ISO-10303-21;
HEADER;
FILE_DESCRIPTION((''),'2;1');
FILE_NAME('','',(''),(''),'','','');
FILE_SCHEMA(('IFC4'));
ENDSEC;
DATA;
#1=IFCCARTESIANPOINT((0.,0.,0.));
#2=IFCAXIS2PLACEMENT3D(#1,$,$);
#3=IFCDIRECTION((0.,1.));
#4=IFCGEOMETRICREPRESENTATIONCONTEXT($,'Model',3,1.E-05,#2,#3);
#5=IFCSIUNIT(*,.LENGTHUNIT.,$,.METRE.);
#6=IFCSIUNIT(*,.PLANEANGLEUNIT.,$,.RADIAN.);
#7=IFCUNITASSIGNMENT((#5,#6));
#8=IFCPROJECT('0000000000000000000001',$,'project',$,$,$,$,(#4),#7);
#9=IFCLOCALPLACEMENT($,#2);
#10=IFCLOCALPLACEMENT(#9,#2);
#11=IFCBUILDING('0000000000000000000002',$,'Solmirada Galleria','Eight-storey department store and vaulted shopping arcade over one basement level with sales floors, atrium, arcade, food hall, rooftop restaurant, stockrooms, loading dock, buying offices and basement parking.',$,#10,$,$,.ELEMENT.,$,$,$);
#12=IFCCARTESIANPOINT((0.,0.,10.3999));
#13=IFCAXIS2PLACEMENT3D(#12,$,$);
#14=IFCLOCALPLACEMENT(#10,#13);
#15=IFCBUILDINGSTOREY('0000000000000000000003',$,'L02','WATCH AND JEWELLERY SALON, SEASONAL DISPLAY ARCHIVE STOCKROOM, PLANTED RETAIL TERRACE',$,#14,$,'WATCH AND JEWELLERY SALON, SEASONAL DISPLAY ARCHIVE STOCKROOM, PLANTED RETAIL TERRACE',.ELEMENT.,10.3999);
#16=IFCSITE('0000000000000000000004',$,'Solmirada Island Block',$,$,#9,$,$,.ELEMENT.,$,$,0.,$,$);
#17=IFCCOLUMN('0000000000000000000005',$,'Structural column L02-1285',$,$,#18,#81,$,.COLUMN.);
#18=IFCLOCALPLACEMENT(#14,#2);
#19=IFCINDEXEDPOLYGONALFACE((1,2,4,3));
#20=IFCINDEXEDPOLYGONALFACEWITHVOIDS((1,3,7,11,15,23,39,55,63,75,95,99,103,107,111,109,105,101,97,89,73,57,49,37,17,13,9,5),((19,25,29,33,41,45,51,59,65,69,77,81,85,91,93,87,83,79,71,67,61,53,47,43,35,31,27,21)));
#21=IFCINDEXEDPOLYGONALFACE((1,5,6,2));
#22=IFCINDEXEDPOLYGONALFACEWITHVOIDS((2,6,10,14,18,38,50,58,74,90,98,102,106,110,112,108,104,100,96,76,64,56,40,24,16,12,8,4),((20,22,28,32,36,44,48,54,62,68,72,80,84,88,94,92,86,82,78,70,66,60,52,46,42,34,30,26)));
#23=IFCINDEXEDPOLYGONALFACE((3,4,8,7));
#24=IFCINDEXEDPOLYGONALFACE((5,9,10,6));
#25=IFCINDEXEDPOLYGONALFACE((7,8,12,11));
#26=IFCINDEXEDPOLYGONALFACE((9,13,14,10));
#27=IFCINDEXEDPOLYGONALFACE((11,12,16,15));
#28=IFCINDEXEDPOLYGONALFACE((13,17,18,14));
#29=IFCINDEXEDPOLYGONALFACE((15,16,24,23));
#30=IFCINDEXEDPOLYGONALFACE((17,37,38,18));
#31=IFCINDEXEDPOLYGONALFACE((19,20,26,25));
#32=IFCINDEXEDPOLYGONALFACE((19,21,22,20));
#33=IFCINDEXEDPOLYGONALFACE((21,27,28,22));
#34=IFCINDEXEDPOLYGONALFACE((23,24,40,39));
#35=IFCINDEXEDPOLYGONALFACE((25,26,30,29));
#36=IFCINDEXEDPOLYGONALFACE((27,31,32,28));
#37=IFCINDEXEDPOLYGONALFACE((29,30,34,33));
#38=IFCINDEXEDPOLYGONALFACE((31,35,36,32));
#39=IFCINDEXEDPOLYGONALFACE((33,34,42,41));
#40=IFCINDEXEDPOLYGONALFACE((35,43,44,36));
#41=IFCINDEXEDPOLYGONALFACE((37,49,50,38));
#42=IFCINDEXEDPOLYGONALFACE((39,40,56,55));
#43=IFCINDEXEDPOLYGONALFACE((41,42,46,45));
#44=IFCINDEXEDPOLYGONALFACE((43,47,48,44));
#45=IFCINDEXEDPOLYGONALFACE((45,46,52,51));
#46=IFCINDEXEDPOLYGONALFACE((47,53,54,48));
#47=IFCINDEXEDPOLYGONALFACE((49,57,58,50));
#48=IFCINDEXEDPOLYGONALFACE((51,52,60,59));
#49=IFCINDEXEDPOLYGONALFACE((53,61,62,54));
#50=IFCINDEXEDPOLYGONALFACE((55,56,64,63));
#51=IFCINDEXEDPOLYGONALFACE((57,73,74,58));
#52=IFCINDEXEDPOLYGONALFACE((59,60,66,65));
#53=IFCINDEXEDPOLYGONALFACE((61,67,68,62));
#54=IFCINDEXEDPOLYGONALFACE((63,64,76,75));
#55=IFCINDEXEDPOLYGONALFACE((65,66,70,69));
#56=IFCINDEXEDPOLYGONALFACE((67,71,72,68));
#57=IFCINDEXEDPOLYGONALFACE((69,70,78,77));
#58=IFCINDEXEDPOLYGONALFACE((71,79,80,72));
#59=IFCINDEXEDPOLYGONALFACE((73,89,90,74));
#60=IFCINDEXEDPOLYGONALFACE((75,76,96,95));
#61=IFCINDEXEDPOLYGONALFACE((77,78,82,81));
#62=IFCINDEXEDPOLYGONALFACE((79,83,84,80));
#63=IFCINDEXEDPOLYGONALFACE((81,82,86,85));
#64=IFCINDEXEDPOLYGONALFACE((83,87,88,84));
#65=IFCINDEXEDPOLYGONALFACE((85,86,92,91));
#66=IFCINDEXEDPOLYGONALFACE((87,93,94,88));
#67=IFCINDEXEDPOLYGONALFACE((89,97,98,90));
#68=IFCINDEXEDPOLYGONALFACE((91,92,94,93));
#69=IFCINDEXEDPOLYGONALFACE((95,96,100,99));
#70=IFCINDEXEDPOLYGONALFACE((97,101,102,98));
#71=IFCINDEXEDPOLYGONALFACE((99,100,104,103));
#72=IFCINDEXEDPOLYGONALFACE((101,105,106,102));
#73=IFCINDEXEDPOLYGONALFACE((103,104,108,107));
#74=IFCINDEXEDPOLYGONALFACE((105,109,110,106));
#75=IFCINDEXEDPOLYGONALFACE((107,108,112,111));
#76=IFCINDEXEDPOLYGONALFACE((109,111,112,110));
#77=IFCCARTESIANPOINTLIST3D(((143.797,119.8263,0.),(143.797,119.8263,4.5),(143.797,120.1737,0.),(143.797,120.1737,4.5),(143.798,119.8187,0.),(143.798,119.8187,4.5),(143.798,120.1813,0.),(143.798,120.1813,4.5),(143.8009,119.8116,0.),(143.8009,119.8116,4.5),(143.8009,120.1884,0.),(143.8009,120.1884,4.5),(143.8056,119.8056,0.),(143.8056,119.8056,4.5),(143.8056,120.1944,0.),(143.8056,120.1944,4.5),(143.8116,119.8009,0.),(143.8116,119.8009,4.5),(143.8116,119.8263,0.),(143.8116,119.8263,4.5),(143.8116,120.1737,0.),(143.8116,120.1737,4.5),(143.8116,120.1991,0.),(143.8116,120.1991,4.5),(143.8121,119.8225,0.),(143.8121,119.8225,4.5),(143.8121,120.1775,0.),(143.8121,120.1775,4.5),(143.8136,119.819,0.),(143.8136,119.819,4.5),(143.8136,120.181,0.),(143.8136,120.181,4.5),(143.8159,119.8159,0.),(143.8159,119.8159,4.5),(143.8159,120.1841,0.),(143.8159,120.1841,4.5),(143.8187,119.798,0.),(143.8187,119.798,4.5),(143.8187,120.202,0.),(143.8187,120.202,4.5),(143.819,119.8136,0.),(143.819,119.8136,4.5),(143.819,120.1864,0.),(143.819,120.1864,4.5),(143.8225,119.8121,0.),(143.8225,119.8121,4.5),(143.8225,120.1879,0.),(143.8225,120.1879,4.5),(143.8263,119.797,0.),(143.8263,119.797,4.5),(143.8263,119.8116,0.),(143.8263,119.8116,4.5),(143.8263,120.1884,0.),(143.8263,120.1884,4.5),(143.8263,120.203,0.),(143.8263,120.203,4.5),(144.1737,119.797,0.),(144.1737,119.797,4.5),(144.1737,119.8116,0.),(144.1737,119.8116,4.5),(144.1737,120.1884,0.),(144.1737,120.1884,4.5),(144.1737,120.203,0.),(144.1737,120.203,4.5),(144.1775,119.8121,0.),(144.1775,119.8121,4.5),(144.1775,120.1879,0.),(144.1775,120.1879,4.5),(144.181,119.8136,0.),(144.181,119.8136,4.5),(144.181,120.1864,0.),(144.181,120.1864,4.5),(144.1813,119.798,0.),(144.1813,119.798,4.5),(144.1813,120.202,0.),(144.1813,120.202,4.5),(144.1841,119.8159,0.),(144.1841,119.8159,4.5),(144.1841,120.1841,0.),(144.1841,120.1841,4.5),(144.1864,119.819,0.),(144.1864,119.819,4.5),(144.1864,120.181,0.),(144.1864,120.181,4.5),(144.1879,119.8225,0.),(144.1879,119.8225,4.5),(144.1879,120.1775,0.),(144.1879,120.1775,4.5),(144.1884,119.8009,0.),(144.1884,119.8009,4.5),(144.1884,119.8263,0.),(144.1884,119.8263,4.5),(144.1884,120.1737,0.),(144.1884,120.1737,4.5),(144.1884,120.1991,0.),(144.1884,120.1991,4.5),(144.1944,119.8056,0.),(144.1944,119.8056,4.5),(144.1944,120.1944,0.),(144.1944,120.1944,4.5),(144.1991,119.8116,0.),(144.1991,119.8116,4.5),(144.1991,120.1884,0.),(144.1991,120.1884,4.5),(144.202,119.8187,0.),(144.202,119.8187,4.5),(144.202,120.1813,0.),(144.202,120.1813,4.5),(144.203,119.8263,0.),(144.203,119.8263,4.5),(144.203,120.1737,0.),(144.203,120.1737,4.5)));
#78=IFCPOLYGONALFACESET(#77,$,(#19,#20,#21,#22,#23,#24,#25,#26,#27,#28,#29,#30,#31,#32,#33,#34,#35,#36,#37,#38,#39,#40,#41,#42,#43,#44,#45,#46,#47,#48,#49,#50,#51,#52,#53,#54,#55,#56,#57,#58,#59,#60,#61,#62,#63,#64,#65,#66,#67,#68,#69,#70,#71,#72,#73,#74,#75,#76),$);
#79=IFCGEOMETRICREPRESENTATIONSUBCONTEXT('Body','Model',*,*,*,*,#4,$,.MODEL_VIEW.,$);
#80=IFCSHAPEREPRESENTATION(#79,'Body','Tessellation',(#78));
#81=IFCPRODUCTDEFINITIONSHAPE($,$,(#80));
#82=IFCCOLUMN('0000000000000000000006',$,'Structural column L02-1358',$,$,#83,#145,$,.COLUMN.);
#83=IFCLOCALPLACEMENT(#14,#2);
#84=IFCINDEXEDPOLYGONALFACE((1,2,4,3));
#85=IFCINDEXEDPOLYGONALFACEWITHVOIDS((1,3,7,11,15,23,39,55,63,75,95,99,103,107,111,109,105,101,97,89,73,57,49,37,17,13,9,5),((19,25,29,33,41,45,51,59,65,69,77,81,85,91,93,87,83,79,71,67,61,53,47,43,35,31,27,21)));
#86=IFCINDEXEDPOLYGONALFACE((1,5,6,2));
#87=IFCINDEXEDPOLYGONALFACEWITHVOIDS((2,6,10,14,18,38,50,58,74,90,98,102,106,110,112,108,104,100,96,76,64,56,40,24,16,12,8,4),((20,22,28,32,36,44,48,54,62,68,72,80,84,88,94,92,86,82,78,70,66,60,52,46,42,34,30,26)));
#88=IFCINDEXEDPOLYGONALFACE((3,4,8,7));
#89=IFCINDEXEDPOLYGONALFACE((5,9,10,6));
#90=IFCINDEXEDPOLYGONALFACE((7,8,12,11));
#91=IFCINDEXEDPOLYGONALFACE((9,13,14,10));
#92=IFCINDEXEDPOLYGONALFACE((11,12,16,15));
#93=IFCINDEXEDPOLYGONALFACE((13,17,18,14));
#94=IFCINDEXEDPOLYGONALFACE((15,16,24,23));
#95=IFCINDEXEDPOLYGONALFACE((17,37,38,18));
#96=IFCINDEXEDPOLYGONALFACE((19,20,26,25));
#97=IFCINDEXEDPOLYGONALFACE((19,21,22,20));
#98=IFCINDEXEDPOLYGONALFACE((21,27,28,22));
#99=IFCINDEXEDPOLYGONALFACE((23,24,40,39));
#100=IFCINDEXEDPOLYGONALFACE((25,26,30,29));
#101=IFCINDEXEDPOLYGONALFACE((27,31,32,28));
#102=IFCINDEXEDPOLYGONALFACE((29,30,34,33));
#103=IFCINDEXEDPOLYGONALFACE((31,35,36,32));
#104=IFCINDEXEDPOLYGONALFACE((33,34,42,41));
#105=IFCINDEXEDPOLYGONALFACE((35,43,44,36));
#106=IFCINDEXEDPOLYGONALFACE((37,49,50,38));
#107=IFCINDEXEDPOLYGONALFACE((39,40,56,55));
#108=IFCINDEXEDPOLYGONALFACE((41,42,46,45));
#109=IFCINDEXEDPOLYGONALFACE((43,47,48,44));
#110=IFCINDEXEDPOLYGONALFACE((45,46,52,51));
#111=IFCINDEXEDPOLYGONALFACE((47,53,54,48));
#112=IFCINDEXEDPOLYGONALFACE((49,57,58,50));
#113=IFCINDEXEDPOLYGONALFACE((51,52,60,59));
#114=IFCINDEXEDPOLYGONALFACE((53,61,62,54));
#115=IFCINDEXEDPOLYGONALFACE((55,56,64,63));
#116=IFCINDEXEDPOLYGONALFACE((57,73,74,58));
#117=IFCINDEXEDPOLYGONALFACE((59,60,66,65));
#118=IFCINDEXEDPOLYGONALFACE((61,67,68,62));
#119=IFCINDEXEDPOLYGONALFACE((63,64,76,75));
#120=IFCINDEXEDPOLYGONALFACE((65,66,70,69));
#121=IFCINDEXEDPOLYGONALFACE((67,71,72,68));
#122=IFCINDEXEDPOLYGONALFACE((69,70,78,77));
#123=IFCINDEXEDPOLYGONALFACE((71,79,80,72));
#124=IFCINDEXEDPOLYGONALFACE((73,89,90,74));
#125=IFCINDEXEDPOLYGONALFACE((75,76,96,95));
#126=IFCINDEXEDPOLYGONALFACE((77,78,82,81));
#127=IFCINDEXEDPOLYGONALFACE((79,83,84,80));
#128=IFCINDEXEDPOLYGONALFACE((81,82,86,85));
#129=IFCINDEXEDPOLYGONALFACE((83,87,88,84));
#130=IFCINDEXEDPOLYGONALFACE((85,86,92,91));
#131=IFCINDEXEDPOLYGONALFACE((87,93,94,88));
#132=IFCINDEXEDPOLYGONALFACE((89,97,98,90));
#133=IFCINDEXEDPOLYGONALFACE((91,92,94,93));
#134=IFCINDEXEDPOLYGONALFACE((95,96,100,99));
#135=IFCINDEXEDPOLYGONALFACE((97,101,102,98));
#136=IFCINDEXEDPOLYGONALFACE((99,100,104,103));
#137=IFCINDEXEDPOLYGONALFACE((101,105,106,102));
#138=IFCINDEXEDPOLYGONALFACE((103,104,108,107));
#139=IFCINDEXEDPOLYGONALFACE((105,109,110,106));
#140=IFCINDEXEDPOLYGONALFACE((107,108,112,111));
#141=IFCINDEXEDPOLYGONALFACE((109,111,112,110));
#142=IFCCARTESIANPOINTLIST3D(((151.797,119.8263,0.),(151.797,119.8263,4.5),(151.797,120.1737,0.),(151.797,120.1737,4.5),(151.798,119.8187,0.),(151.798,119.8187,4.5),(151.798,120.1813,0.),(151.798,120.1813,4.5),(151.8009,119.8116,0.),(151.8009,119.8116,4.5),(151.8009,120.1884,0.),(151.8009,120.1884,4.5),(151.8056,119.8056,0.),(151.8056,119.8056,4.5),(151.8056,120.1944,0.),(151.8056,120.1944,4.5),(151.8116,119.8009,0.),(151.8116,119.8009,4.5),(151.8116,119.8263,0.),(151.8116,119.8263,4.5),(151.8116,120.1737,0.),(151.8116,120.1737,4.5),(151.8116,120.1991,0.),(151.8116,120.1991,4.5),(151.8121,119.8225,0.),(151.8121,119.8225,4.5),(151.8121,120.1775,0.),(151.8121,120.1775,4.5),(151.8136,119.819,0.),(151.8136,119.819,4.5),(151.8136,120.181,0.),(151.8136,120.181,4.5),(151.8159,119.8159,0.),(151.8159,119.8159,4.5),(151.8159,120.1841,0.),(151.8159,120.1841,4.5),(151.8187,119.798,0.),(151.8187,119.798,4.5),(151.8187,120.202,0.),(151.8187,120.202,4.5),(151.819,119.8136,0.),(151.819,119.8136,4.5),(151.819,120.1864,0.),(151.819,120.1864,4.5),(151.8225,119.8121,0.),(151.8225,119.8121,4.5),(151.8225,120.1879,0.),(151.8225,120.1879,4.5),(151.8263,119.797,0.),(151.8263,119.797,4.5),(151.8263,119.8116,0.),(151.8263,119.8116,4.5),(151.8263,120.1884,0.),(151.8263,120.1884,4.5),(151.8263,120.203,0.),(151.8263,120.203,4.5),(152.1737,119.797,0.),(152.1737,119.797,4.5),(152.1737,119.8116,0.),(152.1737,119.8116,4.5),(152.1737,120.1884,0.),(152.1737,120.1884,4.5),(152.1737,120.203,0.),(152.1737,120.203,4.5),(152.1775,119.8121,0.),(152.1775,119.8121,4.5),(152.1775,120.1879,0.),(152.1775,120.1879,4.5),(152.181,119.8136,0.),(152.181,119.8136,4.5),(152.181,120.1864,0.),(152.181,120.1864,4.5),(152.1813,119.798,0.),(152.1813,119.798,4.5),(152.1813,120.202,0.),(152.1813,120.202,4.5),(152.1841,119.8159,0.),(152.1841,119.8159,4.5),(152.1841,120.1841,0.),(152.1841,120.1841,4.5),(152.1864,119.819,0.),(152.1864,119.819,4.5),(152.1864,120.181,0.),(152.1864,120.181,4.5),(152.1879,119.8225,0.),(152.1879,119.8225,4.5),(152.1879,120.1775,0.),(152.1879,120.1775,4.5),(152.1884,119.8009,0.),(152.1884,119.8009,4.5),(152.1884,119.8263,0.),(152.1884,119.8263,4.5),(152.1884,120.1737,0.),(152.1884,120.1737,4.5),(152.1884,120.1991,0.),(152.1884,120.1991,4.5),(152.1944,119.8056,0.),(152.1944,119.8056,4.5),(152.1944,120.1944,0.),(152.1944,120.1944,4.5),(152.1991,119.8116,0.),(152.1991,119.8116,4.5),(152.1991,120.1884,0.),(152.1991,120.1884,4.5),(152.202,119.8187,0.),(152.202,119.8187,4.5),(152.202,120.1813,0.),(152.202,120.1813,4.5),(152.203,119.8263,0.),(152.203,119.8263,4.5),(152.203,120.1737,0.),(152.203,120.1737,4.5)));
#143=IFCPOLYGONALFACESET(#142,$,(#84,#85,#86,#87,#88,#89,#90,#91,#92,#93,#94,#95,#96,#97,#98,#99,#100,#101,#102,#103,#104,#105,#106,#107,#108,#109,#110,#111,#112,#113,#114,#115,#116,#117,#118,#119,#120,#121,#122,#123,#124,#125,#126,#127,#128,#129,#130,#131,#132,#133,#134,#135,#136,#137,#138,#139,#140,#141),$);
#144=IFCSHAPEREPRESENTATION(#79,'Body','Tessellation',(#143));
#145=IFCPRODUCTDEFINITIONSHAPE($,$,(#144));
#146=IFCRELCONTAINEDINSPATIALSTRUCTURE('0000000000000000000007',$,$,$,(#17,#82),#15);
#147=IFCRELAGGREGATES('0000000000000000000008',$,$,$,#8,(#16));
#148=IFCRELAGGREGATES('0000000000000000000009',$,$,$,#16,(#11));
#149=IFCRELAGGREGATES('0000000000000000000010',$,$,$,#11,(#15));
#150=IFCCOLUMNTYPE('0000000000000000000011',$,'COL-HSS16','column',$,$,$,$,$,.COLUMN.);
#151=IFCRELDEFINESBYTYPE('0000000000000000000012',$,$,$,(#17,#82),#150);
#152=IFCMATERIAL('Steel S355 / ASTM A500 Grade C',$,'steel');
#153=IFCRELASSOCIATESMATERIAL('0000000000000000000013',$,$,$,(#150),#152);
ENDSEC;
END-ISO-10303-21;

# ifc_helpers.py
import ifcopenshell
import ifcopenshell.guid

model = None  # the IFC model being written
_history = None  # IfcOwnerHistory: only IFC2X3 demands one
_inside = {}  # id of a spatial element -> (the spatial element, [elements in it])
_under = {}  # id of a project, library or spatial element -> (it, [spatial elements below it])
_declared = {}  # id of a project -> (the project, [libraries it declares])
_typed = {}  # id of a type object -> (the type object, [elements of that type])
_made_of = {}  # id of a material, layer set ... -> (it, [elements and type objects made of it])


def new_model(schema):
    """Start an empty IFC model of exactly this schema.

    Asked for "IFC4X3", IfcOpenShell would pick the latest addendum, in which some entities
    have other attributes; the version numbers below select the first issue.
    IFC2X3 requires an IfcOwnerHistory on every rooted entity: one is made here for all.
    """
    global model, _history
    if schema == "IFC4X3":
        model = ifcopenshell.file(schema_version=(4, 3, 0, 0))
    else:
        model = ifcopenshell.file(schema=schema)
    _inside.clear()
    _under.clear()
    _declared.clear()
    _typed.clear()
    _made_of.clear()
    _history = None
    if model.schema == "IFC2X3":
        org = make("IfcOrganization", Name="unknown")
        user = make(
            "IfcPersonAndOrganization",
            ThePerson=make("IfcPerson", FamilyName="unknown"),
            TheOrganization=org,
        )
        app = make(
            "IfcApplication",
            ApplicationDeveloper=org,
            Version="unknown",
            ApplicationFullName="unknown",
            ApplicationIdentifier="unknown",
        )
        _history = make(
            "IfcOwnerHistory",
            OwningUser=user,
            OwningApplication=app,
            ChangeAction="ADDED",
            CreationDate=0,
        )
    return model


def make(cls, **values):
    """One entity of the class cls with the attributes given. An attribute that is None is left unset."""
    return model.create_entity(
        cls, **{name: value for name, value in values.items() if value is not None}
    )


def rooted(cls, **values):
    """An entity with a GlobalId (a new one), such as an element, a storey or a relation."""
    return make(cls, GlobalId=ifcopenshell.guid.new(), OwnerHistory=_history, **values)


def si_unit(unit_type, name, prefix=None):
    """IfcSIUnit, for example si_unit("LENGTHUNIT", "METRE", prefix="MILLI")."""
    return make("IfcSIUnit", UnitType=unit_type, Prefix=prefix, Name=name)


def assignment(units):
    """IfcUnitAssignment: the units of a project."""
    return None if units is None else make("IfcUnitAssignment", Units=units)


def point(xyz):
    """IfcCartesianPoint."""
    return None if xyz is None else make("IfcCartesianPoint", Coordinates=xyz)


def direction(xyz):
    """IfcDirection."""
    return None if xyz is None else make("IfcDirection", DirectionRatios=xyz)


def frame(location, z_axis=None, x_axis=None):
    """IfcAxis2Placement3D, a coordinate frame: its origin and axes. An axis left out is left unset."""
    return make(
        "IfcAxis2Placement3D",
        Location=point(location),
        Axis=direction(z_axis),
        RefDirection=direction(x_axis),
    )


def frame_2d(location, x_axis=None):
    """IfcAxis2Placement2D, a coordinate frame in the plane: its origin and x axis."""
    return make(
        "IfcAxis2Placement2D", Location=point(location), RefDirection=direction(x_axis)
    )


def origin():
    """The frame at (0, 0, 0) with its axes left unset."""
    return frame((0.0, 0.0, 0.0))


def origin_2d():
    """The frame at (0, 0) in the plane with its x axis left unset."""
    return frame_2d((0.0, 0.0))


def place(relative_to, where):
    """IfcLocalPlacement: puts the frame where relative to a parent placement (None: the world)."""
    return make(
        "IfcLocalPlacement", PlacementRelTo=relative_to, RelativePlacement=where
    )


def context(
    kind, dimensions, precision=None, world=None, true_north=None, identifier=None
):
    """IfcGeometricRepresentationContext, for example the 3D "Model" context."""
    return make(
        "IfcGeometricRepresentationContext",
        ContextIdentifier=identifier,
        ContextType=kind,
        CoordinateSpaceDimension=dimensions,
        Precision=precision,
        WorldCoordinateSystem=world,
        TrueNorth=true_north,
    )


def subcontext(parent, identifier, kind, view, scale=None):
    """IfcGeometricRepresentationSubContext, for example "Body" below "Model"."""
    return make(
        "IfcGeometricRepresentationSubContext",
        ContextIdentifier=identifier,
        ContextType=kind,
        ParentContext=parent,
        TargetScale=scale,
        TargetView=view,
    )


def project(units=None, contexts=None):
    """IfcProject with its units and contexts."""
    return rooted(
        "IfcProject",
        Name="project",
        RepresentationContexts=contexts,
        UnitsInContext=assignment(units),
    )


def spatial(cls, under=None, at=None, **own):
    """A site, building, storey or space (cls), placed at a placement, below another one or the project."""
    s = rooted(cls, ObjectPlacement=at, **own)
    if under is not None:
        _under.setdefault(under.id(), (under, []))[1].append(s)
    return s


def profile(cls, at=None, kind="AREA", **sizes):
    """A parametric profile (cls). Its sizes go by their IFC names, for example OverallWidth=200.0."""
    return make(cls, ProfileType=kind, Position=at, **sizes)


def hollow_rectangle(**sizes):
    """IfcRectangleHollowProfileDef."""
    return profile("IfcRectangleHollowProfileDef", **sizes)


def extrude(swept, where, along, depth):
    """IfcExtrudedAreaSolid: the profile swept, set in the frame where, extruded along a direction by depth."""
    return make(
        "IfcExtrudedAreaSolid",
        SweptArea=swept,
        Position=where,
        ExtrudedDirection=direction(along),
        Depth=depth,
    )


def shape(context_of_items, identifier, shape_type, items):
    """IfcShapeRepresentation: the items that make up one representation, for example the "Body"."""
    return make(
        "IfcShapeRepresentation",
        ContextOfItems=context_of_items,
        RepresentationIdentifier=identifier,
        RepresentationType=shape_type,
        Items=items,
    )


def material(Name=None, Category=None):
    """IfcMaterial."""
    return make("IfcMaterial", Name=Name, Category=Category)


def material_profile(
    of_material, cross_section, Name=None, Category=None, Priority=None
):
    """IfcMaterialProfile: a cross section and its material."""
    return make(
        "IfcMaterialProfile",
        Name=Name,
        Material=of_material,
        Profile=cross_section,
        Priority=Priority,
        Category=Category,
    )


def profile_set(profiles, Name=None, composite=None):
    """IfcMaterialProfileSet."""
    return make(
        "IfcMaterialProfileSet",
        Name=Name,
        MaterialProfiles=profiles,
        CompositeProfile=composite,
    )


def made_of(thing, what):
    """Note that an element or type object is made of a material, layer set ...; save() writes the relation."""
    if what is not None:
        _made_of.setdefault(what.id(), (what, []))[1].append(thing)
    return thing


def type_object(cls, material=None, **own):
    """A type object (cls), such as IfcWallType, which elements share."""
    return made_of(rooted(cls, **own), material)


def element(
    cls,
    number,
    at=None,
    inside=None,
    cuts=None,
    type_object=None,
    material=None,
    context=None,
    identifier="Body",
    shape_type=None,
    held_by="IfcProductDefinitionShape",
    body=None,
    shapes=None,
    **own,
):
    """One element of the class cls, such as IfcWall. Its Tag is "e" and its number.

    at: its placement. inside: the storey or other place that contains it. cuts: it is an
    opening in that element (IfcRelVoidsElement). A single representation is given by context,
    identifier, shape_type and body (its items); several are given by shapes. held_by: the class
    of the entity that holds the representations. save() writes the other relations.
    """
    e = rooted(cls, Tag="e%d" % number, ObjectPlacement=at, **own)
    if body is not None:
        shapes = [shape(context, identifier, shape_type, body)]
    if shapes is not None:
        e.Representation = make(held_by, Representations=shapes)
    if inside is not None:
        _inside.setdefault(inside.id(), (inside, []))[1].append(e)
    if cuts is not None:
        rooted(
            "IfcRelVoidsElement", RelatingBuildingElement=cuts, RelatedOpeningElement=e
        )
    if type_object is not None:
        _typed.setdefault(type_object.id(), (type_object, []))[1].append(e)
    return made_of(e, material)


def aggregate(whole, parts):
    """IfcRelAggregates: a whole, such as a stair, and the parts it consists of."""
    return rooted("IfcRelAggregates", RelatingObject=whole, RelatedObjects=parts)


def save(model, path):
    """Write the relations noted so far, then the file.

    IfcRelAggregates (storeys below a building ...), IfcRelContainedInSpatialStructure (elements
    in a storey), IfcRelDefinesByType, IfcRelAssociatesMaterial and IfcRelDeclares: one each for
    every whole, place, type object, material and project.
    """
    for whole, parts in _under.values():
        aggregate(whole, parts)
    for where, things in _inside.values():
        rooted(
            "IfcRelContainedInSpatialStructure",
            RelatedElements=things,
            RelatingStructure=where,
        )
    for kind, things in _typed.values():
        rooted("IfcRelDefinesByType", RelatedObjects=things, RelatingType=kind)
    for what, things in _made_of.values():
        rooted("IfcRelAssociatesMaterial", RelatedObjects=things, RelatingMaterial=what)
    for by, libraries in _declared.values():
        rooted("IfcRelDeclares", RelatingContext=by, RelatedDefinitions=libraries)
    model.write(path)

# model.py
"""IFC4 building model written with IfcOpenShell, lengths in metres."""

from ifc_helpers import new_model, si_unit, direction, frame, origin, origin_2d, place, context, subcontext, project, spatial, hollow_rectangle, extrude, material, material_profile, profile_set, type_object, element, save


model = new_model("IFC4")

# Units and contexts
model_context = context("Model", 3, precision=1e-05, world=origin(), true_north=direction((0.0, 1.0)))
body_context = subcontext(model_context, "Body", "Model", "MODEL_VIEW")
ifc_project = project(units=[si_unit("LENGTHUNIT", "METRE"), si_unit("PLANEANGLEUNIT", "RADIAN")], contexts=[model_context])

# Site, building, storey
site_placement = place(None, origin())
site = spatial("IfcSite", under=ifc_project, at=site_placement, Name="Solmirada Island Block", CompositionType="ELEMENT", RefElevation=0.0)
building_placement = place(site_placement, origin())
building = spatial("IfcBuilding", under=site, at=building_placement, Name="Solmirada Galleria", Description="Eight-storey department store and vaulted shopping arcade over one basement level with sales floors, atrium, arcade, food hall, rooftop restaurant, stockrooms, loading dock, buying offices and basement parking.", CompositionType="ELEMENT")
storey_placement = place(building_placement, frame((0.0, 0.0, 10.3999)))
storey = spatial("IfcBuildingStorey", under=building, at=storey_placement, Name="L02", Description="WATCH AND JEWELLERY SALON, SEASONAL DISPLAY ARCHIVE STOCKROOM, PLANTED RETAIL TERRACE", LongName="WATCH AND JEWELLERY SALON, SEASONAL DISPLAY ARCHIVE STOCKROOM, PLANTED RETAIL TERRACE", CompositionType="ELEMENT", Elevation=10.3999)

# Columns
ifc_material_1 = material(Name="Steel S355 / ASTM A500 Grade C", Category="steel")
ifc_material_profile_1 = material_profile(ifc_material_1, hollow_rectangle(XDim=0.406, YDim=0.406, WallThickness=0.0146, InnerFilletRadius=0.0146, OuterFilletRadius=0.0293, at=origin_2d()), Name="HSS16X16X5/8")
ifc_profile_set_1 = profile_set([ifc_material_profile_1], Name="Steel S355 / ASTM A500 Grade C")
column_type = type_object("IfcColumnType", Name="COL-HSS16", Description="column", PredefinedType="COLUMN", material=ifc_profile_set_1)
for number, where, z_axis, x_axis, name in (
    (1, (144.0, 120.0, 0.0), (0.0, 0.0, 1.0), (1.0, 0.0, 0.0), "Structural column L02-1285"),
    (2, (152.0, 120.0, 0.0), (0.0, 0.0, 1.0), (1.0, 0.0, 0.0), "Structural column L02-1358"),
):
    element("IfcColumn", number, at=place(storey_placement, frame(where, z_axis=z_axis, x_axis=x_axis)), inside=storey, type_object=column_type, Name=name, PredefinedType="COLUMN", context=body_context, shape_type="SweptSolid", body=[
        extrude(hollow_rectangle(XDim=0.406, YDim=0.406, WallThickness=0.0146, InnerFilletRadius=0.0146, OuterFilletRadius=0.0293, at=origin_2d()), origin(), (0.0, 0.0, 1.0), 4.5),
    ])

save(model, "model.ifc")
